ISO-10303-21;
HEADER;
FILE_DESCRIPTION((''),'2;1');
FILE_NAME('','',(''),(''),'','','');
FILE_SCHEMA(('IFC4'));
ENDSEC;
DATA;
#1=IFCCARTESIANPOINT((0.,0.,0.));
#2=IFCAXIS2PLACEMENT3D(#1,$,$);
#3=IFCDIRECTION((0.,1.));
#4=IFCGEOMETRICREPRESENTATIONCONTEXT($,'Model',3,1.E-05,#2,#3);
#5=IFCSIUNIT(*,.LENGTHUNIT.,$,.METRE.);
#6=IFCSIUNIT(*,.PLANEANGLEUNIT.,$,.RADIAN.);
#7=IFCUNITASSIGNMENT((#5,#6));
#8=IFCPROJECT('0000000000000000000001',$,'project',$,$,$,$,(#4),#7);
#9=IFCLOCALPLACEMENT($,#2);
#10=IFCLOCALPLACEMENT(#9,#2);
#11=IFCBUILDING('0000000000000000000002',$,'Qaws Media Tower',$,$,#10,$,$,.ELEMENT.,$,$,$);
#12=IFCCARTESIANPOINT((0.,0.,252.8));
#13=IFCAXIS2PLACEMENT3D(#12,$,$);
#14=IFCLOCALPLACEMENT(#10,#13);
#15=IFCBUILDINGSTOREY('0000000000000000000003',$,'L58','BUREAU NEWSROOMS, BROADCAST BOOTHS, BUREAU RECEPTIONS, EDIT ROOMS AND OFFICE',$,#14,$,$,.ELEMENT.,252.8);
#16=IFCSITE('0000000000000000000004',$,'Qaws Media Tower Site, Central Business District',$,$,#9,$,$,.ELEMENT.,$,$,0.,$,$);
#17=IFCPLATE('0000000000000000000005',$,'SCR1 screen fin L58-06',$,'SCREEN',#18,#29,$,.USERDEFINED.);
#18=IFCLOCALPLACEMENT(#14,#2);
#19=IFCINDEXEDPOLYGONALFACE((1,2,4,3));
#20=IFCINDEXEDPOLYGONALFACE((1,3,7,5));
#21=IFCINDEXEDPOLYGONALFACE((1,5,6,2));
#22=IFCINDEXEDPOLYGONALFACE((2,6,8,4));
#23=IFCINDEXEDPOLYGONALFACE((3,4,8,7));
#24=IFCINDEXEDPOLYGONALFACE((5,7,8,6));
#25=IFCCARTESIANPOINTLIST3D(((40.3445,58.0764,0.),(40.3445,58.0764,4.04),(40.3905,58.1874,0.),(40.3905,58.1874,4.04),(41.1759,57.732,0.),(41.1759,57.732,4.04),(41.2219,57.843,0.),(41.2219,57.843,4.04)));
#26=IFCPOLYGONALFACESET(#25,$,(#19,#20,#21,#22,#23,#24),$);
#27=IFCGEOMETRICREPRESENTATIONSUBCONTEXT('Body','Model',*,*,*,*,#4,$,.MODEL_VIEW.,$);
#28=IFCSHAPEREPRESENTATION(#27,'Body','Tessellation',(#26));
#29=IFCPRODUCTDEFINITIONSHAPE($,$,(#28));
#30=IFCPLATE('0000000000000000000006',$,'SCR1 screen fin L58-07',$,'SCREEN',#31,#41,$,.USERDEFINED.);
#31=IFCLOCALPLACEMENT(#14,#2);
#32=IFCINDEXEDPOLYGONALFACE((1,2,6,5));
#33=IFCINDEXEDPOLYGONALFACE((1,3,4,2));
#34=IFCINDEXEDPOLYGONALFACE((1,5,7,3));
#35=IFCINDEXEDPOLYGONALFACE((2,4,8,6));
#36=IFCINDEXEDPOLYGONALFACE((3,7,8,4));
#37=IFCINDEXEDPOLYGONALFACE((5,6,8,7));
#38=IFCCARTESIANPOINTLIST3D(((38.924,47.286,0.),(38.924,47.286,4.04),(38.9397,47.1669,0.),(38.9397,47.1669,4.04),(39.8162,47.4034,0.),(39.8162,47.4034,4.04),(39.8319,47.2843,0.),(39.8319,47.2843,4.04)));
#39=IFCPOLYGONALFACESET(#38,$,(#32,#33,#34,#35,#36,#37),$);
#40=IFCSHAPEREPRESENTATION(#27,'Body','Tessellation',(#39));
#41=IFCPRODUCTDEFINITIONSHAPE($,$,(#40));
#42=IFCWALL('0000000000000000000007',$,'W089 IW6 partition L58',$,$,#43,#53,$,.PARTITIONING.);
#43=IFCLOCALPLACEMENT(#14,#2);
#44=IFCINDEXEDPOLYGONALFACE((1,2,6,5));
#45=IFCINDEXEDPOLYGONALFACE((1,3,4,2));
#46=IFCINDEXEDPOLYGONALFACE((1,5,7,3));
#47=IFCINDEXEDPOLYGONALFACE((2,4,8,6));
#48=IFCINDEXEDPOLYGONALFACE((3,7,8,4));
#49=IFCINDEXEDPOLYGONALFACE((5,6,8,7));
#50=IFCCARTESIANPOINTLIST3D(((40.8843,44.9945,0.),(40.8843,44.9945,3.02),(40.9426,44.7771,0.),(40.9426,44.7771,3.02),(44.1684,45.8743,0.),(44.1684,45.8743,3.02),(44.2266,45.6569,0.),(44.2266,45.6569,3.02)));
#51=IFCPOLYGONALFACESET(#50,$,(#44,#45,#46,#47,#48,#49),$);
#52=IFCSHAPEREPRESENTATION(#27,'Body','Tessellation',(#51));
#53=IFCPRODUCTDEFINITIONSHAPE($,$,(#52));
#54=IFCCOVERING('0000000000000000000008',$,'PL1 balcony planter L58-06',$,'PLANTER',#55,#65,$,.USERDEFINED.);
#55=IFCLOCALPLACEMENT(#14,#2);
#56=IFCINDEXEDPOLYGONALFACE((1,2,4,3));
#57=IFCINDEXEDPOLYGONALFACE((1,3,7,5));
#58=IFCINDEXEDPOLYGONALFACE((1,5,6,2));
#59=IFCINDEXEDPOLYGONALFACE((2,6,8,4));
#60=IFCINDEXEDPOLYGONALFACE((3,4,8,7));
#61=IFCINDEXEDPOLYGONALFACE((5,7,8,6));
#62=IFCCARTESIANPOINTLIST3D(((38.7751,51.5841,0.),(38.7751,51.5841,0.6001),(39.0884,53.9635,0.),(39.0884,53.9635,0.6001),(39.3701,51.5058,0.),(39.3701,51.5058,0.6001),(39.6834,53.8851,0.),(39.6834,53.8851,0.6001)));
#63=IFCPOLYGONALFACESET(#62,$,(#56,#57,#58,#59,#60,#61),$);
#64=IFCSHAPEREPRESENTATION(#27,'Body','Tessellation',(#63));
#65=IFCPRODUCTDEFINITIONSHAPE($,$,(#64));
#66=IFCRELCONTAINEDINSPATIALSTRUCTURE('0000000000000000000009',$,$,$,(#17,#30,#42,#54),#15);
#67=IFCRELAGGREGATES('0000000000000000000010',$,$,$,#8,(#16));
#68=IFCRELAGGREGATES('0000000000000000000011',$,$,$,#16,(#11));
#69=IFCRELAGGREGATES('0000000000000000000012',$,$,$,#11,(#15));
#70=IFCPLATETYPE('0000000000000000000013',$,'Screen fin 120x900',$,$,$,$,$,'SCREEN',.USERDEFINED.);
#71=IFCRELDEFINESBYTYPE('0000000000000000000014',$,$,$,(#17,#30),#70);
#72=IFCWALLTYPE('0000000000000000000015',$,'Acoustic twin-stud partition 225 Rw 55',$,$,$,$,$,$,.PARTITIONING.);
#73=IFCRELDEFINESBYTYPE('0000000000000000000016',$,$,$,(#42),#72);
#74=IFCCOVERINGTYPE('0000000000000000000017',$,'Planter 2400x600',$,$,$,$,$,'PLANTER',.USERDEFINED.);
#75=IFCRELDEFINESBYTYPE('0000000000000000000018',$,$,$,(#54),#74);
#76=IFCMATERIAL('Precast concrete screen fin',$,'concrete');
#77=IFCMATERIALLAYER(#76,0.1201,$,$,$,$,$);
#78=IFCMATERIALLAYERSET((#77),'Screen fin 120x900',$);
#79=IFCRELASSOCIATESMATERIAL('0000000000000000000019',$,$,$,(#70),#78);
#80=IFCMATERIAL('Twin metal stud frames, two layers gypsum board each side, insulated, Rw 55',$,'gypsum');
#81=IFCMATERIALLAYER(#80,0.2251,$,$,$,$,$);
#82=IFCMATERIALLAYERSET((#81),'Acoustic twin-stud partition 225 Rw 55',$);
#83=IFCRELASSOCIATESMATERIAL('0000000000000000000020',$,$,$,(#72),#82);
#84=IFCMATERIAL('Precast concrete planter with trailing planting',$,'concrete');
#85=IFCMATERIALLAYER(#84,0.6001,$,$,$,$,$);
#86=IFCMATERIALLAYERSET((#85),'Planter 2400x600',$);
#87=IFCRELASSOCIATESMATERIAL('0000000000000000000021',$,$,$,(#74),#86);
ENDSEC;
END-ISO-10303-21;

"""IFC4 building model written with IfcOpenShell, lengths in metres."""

from ifc_helpers import new_model, si_unit, direction, frame, frame_2d, origin, origin_2d, place, context, subcontext, project, spatial, rectangle, extrude, material, layer, layer_set, type_object, element, save


model = new_model("IFC4")

# Units and contexts
model_context = context("Model", 3, precision=1e-05, world=origin(), true_north=direction((0.0, 1.0)))
body_context = subcontext(model_context, "Body", "Model", "MODEL_VIEW")
ifc_project = project(units=[si_unit("LENGTHUNIT", "METRE"), si_unit("PLANEANGLEUNIT", "RADIAN")], contexts=[model_context])

# Site, building, storey
site_placement = place(None, origin())
site = spatial("IfcSite", under=ifc_project, at=site_placement, Name="Qaws Media Tower Site, Central Business District", CompositionType="ELEMENT", RefElevation=0.0)
building_placement = place(site_placement, origin())
building = spatial("IfcBuilding", under=site, at=building_placement, Name="Qaws Media Tower", CompositionType="ELEMENT")
storey_placement = place(building_placement, frame((0.0, 0.0, 252.8)))
storey = spatial("IfcBuildingStorey", under=building, at=storey_placement, Name="L58", Description="BUREAU NEWSROOMS, BROADCAST BOOTHS, BUREAU RECEPTIONS, EDIT ROOMS AND OFFICE", CompositionType="ELEMENT", Elevation=252.8)

# Plates
ifc_material_1 = material(Name="Precast concrete screen fin", Category="concrete")
ifc_layer_1 = layer(ifc_material_1, 0.1201)
ifc_layer_set_1 = layer_set([ifc_layer_1], Name="Screen fin 120x900")
plate_type_1 = type_object("IfcPlateType", Name="Screen fin 120x900", ElementType="SCREEN", PredefinedType="USERDEFINED", material=ifc_layer_set_1)
for number, where, z_axis, x_axis, name in (
    (1, (40.7832, 57.9597, 0.0), (0.0, 0.0, 1.0), (-0.92388, 0.382683, 0.0), "SCR1 screen fin L58-06"),
    (2, (39.3779, 47.2852, 0.0), (0.0, 0.0, 1.0), (-0.991445, -0.130526, 0.0), "SCR1 screen fin L58-07"),
):
    element("IfcPlate", number, at=place(storey_placement, frame(where, z_axis=z_axis, x_axis=x_axis)), inside=storey, type_object=plate_type_1, Name=name, ObjectType="SCREEN", PredefinedType="USERDEFINED", context=body_context, shape_type="SweptSolid", body=[
        extrude(rectangle(XDim=0.8999, YDim=0.1201, at=origin_2d()), origin(), (0.0, 0.0, 1.0), 4.04),
    ])

# Wall
ifc_material_2 = material(Name="Twin metal stud frames, two layers gypsum board each side, insulated, Rw 55", Category="gypsum")
ifc_layer_2 = layer(ifc_material_2, 0.2251)
ifc_layer_set_2 = layer_set([ifc_layer_2], Name="Acoustic twin-stud partition 225 Rw 55")
wall_type_1 = type_object("IfcWallType", Name="Acoustic twin-stud partition 225 Rw 55", PredefinedType="PARTITIONING", material=ifc_layer_set_2)
wall_1_placement = place(storey_placement, frame((44.1975, 45.7656, 0.0), z_axis=(0.0, 0.0, 1.0), x_axis=(-0.965934, -0.258789, 0.0)))
element("IfcWall", 3, at=wall_1_placement, inside=storey, type_object=wall_type_1, Name="W089 IW6 partition L58", PredefinedType="PARTITIONING", context=body_context, shape_type="SweptSolid", body=[
    extrude(rectangle(XDim=3.3999, YDim=0.2251, at=frame_2d((1.7, 0.0))), origin(), (0.0, 0.0, 1.0), 3.02),
])

# Covering
ifc_material_3 = material(Name="Precast concrete planter with trailing planting", Category="concrete")
ifc_layer_3 = layer(ifc_material_3, 0.6001)
ifc_layer_set_3 = layer_set([ifc_layer_3], Name="Planter 2400x600")
covering_type = type_object("IfcCoveringType", Name="Planter 2400x600", ElementType="PLANTER", PredefinedType="USERDEFINED", material=ifc_layer_set_3)
covering_placement = place(storey_placement, frame((39.2292, 52.7346, 0.0), z_axis=(0.0, 0.0, 1.0), x_axis=(-0.130526, -0.991445, 0.0)))
element("IfcCovering", 4, at=covering_placement, inside=storey, type_object=covering_type, Name="PL1 balcony planter L58-06", ObjectType="PLANTER", PredefinedType="USERDEFINED", context=body_context, shape_type="SweptSolid", body=[
    extrude(rectangle(XDim=2.3999, YDim=0.6001, at=origin_2d()), origin(), (0.0, 0.0, 1.0), 0.6001),
])

save(model, "model.ifc")
